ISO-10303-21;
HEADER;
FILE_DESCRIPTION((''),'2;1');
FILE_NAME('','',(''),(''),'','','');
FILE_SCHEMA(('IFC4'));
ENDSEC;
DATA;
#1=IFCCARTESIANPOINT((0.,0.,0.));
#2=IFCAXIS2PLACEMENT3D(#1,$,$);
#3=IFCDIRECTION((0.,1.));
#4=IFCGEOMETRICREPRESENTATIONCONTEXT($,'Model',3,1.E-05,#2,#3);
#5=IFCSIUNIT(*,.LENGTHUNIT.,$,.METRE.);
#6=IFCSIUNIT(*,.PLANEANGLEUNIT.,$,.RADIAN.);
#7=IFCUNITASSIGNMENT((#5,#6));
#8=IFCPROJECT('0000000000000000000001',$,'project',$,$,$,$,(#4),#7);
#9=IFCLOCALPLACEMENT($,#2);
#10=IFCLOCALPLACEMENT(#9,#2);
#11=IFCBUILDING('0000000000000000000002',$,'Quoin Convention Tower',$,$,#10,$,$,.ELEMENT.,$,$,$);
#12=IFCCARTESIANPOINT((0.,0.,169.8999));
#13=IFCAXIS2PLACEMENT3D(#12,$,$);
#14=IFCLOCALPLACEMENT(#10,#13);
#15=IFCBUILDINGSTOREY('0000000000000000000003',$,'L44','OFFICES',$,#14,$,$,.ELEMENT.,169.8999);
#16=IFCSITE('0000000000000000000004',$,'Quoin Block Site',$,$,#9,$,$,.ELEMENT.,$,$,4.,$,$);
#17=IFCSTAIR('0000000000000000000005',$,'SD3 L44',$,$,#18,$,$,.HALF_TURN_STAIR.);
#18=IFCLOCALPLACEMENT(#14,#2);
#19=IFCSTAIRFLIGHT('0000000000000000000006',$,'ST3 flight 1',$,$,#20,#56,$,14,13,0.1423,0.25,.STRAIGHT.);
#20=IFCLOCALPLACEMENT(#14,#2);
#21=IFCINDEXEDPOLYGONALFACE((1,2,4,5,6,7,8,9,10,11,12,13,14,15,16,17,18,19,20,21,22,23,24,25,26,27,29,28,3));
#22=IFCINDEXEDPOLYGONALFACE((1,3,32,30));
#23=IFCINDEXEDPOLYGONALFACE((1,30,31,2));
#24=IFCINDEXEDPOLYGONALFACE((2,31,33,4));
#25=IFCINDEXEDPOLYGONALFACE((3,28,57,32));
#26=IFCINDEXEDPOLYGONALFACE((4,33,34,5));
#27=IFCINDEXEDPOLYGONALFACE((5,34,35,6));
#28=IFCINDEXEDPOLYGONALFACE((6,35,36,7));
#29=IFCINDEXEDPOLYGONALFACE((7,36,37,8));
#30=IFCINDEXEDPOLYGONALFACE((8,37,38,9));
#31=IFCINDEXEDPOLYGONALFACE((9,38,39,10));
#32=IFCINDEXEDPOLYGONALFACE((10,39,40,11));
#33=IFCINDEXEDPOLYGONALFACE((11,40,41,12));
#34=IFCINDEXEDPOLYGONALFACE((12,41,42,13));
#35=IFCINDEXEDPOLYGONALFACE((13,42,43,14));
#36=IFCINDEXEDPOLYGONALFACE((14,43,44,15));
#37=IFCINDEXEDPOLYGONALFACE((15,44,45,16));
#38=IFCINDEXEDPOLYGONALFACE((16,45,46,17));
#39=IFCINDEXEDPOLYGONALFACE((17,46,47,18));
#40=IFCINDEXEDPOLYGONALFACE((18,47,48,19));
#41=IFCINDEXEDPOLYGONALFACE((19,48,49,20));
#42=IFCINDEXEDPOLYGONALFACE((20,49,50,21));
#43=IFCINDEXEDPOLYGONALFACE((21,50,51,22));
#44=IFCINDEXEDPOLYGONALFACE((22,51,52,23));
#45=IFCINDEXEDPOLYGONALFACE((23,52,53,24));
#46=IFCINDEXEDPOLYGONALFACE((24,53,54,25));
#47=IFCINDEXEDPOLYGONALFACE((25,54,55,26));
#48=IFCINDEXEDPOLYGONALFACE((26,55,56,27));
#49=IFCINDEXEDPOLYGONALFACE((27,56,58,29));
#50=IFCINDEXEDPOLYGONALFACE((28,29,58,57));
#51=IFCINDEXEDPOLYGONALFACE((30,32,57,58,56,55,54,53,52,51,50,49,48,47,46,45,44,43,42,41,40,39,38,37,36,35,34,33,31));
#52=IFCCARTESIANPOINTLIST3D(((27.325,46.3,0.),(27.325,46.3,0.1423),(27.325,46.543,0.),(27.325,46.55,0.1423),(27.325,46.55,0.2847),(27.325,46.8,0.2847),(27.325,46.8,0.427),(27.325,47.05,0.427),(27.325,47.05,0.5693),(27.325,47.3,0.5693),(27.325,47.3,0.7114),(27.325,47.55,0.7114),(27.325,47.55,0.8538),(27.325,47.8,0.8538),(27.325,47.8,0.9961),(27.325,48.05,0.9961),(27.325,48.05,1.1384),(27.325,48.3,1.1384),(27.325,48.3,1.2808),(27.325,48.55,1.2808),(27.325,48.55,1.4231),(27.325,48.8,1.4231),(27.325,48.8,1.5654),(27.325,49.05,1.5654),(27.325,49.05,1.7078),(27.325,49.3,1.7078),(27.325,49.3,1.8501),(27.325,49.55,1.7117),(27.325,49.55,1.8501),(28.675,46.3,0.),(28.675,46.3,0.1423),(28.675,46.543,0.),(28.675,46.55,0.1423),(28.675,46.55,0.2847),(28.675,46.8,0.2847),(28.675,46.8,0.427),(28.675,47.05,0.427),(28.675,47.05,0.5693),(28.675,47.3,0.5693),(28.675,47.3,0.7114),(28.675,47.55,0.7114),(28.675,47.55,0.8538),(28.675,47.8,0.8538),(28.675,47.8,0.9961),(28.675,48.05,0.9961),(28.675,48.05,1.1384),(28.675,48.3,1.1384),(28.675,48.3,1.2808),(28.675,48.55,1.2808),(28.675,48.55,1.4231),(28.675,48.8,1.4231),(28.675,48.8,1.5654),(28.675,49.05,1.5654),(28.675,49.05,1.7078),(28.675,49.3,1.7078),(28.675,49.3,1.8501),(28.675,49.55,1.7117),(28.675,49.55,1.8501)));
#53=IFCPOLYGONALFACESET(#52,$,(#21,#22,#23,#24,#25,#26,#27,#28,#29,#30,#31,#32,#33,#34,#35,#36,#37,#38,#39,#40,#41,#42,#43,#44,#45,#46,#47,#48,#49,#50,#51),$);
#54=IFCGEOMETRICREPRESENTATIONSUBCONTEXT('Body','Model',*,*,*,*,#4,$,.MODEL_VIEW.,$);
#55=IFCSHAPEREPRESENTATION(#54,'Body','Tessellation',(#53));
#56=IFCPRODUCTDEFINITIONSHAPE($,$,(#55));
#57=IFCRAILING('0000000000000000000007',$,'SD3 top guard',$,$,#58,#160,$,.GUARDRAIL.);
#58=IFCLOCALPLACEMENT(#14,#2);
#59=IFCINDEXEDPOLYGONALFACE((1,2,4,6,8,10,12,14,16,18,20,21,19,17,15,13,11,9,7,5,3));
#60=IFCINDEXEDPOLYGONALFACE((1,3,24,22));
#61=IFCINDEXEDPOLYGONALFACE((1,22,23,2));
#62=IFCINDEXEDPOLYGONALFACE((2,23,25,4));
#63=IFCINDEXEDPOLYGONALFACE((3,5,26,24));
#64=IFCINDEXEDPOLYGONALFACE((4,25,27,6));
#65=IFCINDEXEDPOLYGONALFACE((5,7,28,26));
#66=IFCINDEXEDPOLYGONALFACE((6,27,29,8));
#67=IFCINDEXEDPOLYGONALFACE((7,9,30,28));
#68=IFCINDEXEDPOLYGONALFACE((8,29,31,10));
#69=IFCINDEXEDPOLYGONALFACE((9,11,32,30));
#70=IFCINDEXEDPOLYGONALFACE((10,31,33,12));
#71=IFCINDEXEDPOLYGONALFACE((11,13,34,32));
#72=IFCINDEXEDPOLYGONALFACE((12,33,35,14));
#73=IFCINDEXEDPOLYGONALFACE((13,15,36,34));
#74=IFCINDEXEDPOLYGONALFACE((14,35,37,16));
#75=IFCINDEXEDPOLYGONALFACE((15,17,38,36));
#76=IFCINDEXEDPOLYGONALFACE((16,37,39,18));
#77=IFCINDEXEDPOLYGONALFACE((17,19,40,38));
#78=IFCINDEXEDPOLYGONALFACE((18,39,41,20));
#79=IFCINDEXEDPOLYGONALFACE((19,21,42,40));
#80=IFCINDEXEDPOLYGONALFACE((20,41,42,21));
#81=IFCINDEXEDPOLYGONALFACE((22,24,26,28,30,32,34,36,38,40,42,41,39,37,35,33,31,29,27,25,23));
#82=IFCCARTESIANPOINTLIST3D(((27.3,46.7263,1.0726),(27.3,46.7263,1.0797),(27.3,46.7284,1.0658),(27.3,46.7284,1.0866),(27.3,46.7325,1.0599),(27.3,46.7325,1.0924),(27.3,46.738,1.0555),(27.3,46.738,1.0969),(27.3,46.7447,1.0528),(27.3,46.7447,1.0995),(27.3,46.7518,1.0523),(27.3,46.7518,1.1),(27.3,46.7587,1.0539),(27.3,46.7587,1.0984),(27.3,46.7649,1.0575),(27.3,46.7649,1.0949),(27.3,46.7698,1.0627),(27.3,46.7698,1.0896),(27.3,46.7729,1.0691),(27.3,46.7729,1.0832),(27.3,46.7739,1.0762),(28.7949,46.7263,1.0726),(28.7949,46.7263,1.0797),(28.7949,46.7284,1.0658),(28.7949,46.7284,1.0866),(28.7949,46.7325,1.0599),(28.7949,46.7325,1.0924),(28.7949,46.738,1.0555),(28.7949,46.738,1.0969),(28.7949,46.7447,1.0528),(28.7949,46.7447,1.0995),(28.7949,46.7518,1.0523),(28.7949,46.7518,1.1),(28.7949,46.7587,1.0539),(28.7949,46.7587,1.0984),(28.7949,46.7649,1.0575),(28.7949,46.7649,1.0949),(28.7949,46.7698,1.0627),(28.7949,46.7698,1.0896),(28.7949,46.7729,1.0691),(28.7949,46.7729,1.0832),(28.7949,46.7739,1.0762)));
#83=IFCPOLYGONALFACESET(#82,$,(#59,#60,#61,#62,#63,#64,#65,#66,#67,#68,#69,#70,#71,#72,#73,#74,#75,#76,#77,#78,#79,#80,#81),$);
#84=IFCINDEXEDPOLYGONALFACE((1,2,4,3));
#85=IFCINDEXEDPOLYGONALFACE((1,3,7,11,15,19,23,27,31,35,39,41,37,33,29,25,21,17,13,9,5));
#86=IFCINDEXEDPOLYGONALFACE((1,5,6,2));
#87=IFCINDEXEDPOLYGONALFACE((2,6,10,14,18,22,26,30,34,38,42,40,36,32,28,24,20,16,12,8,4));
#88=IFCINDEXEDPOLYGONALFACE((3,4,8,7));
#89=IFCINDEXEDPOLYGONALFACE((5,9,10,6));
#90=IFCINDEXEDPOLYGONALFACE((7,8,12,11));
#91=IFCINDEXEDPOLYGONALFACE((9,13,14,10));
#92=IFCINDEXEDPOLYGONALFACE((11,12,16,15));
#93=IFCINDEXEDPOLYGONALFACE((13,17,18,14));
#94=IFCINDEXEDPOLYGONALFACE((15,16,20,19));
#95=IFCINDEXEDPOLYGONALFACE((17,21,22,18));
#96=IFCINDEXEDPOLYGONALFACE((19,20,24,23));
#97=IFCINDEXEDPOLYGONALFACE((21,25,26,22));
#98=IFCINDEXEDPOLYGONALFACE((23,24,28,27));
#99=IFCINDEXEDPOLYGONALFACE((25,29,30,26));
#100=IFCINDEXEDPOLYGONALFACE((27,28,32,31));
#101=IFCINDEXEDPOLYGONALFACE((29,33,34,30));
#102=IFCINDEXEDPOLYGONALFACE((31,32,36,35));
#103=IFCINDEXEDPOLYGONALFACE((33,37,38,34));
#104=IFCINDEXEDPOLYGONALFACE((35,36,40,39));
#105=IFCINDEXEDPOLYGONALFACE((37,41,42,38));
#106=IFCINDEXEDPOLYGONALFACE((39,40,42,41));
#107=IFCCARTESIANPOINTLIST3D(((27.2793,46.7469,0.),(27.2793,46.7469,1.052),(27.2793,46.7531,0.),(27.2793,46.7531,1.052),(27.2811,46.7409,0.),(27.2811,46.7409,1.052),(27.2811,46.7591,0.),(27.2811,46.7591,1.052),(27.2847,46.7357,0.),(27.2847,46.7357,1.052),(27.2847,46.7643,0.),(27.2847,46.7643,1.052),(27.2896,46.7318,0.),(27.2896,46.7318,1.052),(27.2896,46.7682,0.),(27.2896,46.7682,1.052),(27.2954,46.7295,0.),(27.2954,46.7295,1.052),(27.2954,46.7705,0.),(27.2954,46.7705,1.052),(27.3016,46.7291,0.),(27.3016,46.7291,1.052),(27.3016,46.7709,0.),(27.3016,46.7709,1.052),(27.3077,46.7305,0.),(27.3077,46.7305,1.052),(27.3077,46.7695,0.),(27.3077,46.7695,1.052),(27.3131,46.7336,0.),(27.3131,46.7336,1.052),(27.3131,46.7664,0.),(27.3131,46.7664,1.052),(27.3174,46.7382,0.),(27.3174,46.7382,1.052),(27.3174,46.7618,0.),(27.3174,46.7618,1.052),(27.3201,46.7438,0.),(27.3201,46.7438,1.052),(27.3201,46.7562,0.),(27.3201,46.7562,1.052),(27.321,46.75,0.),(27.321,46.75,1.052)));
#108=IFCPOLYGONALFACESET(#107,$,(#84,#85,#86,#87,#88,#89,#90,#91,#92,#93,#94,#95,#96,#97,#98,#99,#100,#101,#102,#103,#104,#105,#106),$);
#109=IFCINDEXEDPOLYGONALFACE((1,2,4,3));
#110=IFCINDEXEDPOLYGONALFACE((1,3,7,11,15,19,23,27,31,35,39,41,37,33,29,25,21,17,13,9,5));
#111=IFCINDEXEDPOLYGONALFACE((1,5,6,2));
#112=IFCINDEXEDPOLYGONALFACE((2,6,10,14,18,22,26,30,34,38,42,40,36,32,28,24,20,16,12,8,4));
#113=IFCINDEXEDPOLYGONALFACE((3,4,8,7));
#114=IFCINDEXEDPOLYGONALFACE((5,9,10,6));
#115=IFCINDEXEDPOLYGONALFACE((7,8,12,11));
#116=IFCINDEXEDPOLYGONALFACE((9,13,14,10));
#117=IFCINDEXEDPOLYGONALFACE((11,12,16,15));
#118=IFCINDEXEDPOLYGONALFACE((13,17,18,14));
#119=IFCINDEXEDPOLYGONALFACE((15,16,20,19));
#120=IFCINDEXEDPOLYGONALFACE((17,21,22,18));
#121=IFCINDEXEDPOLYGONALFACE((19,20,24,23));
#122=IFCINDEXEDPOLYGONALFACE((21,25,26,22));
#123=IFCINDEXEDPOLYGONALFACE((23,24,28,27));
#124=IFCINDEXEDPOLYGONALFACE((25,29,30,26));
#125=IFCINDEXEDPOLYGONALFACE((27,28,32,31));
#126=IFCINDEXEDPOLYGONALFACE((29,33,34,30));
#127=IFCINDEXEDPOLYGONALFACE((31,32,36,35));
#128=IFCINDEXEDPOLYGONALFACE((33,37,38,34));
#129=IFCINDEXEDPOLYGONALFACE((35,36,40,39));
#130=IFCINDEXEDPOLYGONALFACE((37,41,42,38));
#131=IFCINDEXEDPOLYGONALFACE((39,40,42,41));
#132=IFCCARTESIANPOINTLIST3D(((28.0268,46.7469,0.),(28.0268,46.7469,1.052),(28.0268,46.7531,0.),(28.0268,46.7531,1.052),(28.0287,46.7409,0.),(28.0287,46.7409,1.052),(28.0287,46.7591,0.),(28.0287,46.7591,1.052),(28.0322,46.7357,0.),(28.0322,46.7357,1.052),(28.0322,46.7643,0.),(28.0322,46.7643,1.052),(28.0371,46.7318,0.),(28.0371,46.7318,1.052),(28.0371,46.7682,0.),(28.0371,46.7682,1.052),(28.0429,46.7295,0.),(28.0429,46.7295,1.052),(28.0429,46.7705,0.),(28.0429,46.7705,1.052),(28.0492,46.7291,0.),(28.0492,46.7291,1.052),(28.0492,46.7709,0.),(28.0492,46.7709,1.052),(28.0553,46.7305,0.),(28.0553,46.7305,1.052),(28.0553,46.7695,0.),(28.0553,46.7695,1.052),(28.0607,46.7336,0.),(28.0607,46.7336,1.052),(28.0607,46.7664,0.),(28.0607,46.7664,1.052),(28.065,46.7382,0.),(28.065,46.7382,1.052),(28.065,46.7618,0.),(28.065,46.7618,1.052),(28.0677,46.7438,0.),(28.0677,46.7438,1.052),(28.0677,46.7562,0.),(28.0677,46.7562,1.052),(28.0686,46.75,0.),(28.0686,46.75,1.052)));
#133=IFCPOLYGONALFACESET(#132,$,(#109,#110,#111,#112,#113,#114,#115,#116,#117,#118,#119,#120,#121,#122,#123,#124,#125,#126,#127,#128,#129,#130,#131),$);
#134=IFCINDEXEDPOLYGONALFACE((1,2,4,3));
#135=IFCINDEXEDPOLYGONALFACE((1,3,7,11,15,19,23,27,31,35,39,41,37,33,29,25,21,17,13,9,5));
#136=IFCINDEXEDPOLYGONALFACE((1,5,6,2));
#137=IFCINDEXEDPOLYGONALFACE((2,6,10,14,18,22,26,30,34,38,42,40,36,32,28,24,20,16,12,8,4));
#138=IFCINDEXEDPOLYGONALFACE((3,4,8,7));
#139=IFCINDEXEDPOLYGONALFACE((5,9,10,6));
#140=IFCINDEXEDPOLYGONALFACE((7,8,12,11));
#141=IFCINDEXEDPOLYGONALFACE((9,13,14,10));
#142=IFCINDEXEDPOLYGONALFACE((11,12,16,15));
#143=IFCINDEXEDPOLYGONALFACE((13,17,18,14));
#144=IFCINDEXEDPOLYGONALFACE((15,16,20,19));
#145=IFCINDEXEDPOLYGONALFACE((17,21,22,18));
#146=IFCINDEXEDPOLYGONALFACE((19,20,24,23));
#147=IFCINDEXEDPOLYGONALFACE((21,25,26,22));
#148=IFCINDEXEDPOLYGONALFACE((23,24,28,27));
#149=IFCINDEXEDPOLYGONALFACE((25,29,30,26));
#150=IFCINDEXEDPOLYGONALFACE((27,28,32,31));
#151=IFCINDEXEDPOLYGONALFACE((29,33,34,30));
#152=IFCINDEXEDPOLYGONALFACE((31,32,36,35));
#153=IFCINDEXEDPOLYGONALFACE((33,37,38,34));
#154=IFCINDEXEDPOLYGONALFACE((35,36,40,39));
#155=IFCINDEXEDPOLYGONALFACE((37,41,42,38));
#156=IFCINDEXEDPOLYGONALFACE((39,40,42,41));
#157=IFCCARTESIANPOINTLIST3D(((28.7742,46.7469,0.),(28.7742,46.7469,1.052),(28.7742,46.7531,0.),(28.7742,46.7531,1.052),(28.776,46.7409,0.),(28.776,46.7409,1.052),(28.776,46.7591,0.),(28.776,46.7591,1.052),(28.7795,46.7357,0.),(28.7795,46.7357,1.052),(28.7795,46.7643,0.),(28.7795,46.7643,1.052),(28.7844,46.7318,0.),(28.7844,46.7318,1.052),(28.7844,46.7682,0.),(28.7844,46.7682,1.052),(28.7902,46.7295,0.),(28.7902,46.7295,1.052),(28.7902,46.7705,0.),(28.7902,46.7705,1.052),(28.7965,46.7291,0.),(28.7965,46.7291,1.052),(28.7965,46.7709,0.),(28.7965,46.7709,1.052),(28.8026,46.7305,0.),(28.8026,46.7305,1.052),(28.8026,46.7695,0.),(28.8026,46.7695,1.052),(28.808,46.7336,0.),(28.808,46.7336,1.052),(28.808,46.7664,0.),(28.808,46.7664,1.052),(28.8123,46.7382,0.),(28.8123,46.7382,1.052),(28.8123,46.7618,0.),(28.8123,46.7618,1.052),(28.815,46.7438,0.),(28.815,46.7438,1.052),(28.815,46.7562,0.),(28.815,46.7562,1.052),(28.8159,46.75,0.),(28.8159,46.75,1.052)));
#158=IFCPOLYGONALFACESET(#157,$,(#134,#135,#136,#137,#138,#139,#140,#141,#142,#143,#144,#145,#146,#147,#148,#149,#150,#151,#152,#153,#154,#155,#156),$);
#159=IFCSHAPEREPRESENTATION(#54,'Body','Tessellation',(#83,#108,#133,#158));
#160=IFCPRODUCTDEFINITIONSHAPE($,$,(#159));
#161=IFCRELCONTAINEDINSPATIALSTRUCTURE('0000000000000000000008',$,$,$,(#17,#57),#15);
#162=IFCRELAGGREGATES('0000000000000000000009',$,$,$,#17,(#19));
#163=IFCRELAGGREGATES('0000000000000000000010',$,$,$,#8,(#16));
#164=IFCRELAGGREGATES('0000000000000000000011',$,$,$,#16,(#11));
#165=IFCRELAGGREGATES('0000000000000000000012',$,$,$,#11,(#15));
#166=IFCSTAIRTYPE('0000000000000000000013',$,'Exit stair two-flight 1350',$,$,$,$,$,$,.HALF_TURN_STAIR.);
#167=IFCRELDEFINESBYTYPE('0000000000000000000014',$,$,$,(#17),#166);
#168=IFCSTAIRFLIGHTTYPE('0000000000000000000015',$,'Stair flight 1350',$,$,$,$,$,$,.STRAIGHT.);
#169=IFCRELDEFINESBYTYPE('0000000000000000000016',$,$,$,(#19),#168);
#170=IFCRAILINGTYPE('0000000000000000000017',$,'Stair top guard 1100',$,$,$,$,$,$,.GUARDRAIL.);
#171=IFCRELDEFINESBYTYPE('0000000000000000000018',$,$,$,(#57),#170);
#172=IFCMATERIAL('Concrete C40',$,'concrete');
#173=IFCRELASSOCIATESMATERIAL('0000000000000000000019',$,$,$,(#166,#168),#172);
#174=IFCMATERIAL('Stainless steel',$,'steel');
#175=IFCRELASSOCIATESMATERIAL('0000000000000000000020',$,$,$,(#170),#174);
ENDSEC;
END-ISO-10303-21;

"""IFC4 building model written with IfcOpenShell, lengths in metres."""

from ifc_helpers import new_model, si_unit, direction, frame, origin, origin_2d, place, context, subcontext, project, spatial, polyline, circle, outline, extrude, material, type_object, element, aggregate, save


model = new_model("IFC4")

# Units and contexts
model_context = context("Model", 3, precision=1e-05, world=origin(), true_north=direction((0.0, 1.0)))
body_context = subcontext(model_context, "Body", "Model", "MODEL_VIEW")
ifc_project = project(units=[si_unit("LENGTHUNIT", "METRE"), si_unit("PLANEANGLEUNIT", "RADIAN")], contexts=[model_context])

# Site, building, storey
site_placement = place(None, origin())
site = spatial("IfcSite", under=ifc_project, at=site_placement, Name="Quoin Block Site", CompositionType="ELEMENT", RefElevation=4.0)
building_placement = place(site_placement, origin())
building = spatial("IfcBuilding", under=site, at=building_placement, Name="Quoin Convention Tower", CompositionType="ELEMENT")
storey_placement = place(building_placement, frame((0.0, 0.0, 169.8999)))
storey = spatial("IfcBuildingStorey", under=building, at=storey_placement, Name="L44", Description="OFFICES", CompositionType="ELEMENT", Elevation=169.8999)

# Stair, stair flight
ifc_material_1 = material(Name="Concrete C40", Category="concrete")
stair_type = type_object("IfcStairType", Name="Exit stair two-flight 1350", PredefinedType="HALF_TURN_STAIR", material=ifc_material_1)
stair_placement = place(storey_placement, origin())
stair = element("IfcStair", 1, at=stair_placement, inside=storey, type_object=stair_type, Name="SD3 L44", PredefinedType="HALF_TURN_STAIR")
stair_flight_type = type_object("IfcStairFlightType", Name="Stair flight 1350", PredefinedType="STRAIGHT", material=ifc_material_1)
stair_flight_placement = place(storey_placement, frame((28.0, 46.3, 0.0), z_axis=(0.0, 0.0, 1.0), x_axis=(0.0, 1.0, 0.0)))
stair_flight = element("IfcStairFlight", 2, at=stair_flight_placement, type_object=stair_flight_type, Name="ST3 flight 1", NumberOfRisers=14, NumberOfTreads=13, PredefinedType="STRAIGHT", RiserHeight=0.1423, TreadLength=0.25, context=body_context, shape_type="SweptSolid", body=[
    extrude(outline(polyline([(0.0, 0.0), (0.0, 0.1423), (0.25, 0.1423), (0.25, 0.2847), (0.5, 0.2847), (0.5, 0.427), (0.75, 0.427), (0.75, 0.5693), (1.0, 0.5693), (1.0, 0.7114), (1.25, 0.7114), (1.25, 0.8538), (1.5, 0.8538), (1.5, 0.9961), (1.75, 0.9961), (1.75, 1.1384), (2.0, 1.1384), (2.0, 1.2808), (2.25, 1.2808), (2.25, 1.4231), (2.5, 1.4231), (2.5, 1.5654), (2.75, 1.5654), (2.75, 1.7078), (3.0, 1.7078), (3.0, 1.8501), (3.25, 1.8501), (3.25, 1.9922), (3.25, 1.7117), (0.2429, 0.0), (0.0, 0.0)])), frame((0.0, 0.675, 0.0), z_axis=(0.0, -1.0, 0.0), x_axis=(1.0, 0.0, 0.0)), (0.0, 0.0, 1.0), 1.3501),
])
aggregate(stair, [stair_flight])

# Railing
ifc_material_2 = material(Name="Stainless steel", Category="steel")
railing_type_1 = type_object("IfcRailingType", Name="Stair top guard 1100", PredefinedType="GUARDRAIL", material=ifc_material_2)
railing_1_placement = place(storey_placement, frame((27.3, 46.75, 0.0)))
element("IfcRailing", 3, at=railing_1_placement, inside=storey, type_object=railing_type_1, Name="SD3 top guard", PredefinedType="GUARDRAIL", context=body_context, shape_type="SweptSolid", body=[
    extrude(circle(Radius=0.0239, at=origin_2d()), frame((0.0, 0.0, 1.0762), z_axis=(1.0, 0.0, 0.0), x_axis=(0.0, 1.0, 0.0)), (0.0, 0.0, 1.0), 1.4949),
    extrude(circle(Radius=0.021, at=origin_2d()), origin(), (0.0, 0.0, 1.0), 1.052),
    extrude(circle(Radius=0.021, at=origin_2d()), frame((0.7476, 0.0, 0.0)), (0.0, 0.0, 1.0), 1.052),
    extrude(circle(Radius=0.021, at=origin_2d()), frame((1.4949, 0.0, 0.0)), (0.0, 0.0, 1.0), 1.052),
])

save(model, "model.ifc")
